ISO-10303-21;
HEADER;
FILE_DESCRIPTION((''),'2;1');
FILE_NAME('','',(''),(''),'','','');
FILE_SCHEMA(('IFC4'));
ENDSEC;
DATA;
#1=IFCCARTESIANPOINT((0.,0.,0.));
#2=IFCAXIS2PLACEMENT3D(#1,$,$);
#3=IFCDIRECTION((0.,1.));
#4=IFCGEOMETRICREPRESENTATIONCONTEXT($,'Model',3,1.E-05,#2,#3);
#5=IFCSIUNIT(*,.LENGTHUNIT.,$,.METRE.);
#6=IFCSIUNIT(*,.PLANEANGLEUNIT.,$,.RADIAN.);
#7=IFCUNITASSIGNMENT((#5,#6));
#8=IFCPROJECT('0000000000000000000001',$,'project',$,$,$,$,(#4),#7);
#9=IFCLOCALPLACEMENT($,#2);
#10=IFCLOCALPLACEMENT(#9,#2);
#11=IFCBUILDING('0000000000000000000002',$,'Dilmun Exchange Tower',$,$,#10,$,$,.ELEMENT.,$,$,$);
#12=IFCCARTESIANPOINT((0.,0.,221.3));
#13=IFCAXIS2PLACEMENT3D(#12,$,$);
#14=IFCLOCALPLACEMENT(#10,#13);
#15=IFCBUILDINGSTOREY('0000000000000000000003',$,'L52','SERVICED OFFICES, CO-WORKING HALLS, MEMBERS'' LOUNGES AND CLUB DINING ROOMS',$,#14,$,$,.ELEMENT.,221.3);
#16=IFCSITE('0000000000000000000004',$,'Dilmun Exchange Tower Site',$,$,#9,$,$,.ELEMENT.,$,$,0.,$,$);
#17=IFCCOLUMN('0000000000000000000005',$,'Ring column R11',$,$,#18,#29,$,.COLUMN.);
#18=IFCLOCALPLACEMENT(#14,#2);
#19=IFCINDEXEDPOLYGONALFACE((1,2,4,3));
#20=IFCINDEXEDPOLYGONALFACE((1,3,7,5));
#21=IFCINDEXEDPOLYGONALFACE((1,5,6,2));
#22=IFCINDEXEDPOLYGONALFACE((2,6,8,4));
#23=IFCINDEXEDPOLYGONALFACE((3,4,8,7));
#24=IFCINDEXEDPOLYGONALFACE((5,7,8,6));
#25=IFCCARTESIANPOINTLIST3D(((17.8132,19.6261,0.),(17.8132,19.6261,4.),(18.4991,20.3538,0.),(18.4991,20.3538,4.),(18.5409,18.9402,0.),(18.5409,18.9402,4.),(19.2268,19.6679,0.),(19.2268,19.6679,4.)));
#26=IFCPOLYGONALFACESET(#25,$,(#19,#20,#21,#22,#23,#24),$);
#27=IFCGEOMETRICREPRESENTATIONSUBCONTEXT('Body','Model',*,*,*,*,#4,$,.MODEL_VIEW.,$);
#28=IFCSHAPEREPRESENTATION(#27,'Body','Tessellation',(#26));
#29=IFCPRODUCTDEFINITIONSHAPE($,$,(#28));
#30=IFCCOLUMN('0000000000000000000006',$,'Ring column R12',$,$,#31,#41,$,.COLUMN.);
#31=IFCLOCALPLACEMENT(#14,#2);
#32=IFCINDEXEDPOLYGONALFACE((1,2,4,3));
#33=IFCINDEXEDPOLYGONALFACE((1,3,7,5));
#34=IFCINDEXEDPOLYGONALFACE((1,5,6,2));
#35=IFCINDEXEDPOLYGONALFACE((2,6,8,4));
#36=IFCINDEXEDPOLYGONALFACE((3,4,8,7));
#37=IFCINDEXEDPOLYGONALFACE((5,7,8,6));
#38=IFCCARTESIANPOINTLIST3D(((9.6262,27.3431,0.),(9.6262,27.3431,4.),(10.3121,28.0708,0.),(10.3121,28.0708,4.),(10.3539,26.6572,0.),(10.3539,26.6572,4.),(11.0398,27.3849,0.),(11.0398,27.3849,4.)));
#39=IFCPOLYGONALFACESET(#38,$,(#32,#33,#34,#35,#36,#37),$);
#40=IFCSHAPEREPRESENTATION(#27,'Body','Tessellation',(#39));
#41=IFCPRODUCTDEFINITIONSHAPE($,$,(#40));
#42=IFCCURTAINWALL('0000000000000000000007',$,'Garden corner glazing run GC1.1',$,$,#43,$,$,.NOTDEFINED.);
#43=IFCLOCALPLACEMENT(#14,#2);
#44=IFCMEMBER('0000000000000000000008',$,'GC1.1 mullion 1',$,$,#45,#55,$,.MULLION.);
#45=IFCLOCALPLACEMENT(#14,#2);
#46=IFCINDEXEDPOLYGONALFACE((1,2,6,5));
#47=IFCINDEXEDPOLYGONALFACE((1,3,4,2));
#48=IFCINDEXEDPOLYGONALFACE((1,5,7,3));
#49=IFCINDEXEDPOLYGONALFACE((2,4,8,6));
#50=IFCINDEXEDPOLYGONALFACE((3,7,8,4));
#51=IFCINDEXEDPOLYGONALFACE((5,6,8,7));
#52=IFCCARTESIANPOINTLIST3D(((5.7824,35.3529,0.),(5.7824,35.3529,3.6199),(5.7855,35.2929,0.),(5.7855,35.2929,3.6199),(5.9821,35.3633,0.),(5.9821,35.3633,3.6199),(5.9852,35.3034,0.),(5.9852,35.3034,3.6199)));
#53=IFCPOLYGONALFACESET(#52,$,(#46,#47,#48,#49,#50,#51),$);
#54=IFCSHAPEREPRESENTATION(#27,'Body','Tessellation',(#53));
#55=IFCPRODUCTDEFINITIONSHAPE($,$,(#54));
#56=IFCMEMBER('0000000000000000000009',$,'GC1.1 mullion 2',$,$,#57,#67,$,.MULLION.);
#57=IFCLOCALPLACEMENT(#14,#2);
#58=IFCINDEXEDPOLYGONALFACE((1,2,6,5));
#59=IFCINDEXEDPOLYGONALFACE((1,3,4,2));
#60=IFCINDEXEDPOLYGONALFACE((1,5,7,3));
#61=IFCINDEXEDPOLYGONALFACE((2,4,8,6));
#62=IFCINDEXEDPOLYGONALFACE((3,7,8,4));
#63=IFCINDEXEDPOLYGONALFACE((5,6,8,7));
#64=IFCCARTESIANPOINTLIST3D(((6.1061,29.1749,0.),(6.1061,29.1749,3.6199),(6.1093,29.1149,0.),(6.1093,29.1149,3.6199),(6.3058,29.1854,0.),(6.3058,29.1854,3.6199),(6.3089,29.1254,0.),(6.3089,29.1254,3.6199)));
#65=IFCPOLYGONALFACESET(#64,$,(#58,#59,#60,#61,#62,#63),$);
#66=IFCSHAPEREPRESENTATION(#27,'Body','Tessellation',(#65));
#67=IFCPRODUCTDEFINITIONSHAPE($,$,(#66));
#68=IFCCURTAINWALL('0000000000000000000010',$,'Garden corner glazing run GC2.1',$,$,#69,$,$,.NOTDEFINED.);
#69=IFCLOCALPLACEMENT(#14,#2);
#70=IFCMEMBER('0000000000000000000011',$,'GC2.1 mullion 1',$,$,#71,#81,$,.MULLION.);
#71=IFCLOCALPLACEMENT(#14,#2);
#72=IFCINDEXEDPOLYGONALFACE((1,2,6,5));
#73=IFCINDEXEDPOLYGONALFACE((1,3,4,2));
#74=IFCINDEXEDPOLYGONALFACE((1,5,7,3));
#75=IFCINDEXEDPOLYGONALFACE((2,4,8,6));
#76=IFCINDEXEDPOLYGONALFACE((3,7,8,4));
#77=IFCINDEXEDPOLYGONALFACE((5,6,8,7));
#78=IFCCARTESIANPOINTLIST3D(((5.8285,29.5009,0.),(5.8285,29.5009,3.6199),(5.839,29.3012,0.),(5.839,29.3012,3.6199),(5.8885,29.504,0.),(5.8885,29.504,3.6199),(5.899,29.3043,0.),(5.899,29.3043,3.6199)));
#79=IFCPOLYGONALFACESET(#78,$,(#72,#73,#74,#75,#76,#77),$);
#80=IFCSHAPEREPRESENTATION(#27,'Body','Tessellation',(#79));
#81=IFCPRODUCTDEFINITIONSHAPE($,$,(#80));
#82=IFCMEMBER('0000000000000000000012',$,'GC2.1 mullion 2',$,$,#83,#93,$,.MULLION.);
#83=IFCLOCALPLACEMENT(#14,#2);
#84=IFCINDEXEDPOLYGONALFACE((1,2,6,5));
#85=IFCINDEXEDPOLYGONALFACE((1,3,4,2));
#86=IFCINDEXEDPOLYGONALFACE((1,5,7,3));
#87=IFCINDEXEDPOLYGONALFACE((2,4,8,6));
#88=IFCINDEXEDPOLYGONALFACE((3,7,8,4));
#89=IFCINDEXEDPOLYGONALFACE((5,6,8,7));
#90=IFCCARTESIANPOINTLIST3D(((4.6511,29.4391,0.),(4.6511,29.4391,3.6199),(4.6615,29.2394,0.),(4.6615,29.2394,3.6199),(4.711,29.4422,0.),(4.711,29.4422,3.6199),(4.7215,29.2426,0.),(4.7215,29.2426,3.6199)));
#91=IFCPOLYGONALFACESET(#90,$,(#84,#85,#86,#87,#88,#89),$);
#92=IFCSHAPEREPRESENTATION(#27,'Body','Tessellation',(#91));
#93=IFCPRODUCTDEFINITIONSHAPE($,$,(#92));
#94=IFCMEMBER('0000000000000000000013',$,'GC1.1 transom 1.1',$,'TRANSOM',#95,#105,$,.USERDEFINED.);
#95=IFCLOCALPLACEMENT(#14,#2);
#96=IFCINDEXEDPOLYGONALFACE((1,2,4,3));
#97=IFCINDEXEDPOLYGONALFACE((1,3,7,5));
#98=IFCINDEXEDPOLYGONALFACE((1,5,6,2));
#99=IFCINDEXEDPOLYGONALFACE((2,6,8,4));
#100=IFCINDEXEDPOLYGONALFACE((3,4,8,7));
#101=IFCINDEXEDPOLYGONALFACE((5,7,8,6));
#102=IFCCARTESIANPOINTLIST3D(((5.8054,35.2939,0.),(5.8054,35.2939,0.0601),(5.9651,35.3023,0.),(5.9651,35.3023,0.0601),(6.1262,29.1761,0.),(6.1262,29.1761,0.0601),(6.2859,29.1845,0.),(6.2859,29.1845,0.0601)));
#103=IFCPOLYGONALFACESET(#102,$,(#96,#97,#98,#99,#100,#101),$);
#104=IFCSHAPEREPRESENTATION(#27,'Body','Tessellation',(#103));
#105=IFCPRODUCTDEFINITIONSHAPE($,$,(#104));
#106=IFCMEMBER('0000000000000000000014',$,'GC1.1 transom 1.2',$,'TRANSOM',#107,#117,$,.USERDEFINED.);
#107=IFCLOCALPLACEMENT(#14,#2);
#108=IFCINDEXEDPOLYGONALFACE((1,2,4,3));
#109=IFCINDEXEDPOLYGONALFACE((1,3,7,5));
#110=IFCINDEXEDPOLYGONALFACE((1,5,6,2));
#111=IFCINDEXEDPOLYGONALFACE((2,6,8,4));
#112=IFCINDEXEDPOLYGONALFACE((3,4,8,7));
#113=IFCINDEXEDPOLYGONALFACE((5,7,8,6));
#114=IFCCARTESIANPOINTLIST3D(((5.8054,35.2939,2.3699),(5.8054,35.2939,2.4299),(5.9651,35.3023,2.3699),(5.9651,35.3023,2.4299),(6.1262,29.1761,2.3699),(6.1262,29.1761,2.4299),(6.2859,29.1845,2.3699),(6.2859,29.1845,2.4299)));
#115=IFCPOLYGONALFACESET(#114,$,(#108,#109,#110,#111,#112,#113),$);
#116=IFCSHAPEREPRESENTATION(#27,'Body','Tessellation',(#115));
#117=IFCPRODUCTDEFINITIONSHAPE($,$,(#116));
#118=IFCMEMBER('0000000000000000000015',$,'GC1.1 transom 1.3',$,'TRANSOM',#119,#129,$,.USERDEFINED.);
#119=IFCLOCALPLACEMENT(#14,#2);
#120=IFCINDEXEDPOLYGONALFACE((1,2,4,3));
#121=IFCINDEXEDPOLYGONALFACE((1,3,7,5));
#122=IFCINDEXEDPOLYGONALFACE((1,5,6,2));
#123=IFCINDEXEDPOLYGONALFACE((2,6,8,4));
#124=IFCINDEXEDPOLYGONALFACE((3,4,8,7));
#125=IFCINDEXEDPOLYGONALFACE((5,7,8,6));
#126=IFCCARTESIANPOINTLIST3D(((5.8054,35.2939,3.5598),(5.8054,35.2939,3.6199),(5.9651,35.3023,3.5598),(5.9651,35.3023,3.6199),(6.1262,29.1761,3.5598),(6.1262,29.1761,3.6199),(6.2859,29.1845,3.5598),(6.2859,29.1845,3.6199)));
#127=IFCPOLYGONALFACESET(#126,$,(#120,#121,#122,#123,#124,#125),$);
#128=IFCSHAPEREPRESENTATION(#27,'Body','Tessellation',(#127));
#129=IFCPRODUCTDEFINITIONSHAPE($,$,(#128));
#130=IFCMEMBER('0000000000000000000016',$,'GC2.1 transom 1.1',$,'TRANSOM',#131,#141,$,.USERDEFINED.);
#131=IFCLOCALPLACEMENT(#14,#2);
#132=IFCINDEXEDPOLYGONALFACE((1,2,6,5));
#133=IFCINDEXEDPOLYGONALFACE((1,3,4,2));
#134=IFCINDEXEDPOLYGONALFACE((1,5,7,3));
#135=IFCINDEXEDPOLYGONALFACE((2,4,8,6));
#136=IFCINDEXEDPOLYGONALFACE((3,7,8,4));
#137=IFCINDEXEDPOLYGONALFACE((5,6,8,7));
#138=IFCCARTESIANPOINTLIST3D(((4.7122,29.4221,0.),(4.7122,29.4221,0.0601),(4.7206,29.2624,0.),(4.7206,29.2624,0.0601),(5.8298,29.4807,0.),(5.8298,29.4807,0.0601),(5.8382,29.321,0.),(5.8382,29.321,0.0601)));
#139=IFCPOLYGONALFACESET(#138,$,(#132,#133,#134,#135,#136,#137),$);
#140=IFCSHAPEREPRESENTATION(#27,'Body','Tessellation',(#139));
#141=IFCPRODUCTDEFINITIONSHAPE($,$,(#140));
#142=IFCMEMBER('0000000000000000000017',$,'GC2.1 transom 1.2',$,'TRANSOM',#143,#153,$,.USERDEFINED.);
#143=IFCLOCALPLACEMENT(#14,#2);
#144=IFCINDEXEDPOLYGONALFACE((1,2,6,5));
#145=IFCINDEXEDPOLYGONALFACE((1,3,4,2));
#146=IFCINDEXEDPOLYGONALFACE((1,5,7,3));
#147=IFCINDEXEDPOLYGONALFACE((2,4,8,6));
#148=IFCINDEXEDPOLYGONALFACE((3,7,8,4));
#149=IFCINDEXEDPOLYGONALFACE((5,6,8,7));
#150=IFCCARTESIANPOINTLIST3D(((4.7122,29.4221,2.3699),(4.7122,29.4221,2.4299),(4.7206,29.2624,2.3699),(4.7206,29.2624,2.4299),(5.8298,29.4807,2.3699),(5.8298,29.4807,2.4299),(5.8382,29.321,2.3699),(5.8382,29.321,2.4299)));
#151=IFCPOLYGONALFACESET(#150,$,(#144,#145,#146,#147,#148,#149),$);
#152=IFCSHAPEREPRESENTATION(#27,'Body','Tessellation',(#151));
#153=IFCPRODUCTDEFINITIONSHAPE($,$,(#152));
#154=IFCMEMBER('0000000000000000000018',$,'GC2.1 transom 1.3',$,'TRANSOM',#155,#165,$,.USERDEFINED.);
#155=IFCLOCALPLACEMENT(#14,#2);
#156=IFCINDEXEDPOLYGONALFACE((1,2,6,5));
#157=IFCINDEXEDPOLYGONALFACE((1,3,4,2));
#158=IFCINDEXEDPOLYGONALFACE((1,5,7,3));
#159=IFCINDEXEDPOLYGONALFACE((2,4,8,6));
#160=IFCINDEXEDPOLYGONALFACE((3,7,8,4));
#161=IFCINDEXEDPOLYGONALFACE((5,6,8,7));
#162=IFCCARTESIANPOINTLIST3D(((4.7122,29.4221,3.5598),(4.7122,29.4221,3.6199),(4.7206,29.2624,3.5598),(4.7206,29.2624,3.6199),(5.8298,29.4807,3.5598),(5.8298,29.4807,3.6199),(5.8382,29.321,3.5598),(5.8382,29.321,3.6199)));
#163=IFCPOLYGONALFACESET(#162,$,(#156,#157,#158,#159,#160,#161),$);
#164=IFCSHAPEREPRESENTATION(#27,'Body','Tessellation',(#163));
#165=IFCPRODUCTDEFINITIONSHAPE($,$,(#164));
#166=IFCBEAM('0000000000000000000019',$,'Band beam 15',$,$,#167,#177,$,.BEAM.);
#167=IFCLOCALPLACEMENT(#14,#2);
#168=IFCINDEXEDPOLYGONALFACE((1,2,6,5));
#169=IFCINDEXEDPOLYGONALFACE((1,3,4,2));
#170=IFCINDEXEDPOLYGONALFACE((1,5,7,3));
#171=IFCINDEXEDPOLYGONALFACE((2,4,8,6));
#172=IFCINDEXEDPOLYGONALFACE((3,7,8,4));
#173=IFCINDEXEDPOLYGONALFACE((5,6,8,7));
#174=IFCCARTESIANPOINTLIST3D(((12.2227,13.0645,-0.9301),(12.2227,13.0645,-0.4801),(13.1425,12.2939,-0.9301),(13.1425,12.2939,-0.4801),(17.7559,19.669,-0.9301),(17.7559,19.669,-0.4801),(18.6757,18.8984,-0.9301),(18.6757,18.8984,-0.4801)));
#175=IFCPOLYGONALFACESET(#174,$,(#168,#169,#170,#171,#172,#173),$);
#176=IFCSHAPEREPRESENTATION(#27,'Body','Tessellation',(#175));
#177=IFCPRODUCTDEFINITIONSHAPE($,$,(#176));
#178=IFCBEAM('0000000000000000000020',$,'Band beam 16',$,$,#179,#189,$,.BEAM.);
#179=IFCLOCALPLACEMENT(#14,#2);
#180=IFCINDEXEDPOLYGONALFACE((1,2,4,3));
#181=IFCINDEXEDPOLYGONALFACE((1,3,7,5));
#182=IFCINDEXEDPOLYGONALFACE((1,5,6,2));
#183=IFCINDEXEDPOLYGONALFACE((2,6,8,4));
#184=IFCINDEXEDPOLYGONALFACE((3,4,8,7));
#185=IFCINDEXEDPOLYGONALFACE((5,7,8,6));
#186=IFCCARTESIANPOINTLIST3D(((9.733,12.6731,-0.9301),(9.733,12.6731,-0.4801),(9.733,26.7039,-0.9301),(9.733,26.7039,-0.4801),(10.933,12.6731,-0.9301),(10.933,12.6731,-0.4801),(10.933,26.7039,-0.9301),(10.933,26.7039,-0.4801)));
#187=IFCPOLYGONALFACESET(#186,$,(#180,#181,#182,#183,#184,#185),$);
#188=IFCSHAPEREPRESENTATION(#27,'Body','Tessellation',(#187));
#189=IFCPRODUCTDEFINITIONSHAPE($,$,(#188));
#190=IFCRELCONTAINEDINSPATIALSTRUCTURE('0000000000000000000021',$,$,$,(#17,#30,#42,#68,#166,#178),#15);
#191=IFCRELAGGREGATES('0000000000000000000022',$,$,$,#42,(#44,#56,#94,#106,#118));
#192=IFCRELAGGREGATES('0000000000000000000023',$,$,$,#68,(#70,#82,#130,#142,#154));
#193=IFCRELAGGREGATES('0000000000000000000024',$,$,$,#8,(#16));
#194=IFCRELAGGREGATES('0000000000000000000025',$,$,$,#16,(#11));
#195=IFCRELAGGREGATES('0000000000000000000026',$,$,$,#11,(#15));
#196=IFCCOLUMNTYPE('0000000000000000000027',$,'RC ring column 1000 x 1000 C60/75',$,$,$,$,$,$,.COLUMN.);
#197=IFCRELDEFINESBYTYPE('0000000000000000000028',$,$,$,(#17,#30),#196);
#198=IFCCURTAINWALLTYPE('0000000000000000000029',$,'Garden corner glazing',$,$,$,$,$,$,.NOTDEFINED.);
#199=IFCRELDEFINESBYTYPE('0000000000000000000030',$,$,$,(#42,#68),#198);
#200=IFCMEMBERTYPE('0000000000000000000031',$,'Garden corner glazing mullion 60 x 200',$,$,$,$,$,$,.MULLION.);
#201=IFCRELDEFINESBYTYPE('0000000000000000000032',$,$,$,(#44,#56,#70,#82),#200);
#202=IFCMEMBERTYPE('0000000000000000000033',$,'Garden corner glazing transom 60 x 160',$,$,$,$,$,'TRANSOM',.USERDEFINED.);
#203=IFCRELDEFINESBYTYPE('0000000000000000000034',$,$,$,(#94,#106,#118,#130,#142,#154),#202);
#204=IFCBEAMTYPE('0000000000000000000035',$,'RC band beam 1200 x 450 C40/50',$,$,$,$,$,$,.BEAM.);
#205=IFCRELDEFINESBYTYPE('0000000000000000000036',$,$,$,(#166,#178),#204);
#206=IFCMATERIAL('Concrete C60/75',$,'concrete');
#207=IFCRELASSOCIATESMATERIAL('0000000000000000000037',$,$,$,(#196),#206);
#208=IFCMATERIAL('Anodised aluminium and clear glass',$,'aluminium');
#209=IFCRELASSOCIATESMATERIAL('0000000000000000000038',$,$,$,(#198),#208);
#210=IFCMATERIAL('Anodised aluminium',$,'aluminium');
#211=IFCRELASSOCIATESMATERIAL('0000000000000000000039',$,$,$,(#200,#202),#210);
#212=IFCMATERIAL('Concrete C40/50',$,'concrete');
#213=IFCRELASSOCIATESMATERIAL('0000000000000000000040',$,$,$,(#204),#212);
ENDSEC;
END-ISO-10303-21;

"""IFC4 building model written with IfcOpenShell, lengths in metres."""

from ifc_helpers import new_model, si_unit, direction, frame, origin, origin_2d, place, context, subcontext, project, spatial, rectangle, extrude, material, material_profile, profile_set, type_object, element, aggregate, save


model = new_model("IFC4")

# Units and contexts
model_context = context("Model", 3, precision=1e-05, world=origin(), true_north=direction((0.0, 1.0)))
body_context = subcontext(model_context, "Body", "Model", "MODEL_VIEW")
ifc_project = project(units=[si_unit("LENGTHUNIT", "METRE"), si_unit("PLANEANGLEUNIT", "RADIAN")], contexts=[model_context])

# Site, building, storey
site_placement = place(None, origin())
site = spatial("IfcSite", under=ifc_project, at=site_placement, Name="Dilmun Exchange Tower Site", CompositionType="ELEMENT", RefElevation=0.0)
building_placement = place(site_placement, origin())
building = spatial("IfcBuilding", under=site, at=building_placement, Name="Dilmun Exchange Tower", CompositionType="ELEMENT")
storey_placement = place(building_placement, frame((0.0, 0.0, 221.3)))
storey = spatial("IfcBuildingStorey", under=building, at=storey_placement, Name="L52", Description="SERVICED OFFICES, CO-WORKING HALLS, MEMBERS' LOUNGES AND CLUB DINING ROOMS", CompositionType="ELEMENT", Elevation=221.3)

# Columns
ifc_material_1 = material(Name="Concrete C60/75", Category="concrete")
ifc_material_profile_1 = material_profile(ifc_material_1, rectangle(XDim=1.0, YDim=1.0, at=origin_2d()), Name="1000 x 1000")
ifc_profile_set_1 = profile_set([ifc_material_profile_1], Name="Concrete C60/75")
column_type = type_object("IfcColumnType", Name="RC ring column 1000 x 1000 C60/75", PredefinedType="COLUMN", material=ifc_profile_set_1)
for number, where, z_axis, x_axis, name in (
    (1, (18.52, 19.647, 0.0), (0.0, 0.0, 1.0), (0.685916, 0.727681, 0.0), "Ring column R11"),
    (2, (10.333, 27.364, 0.0), (0.0, 0.0, 1.0), (0.685916, 0.727681, 0.0), "Ring column R12"),
):
    element("IfcColumn", number, at=place(storey_placement, frame(where, z_axis=z_axis, x_axis=x_axis)), inside=storey, type_object=column_type, Name=name, PredefinedType="COLUMN", context=body_context, shape_type="SweptSolid", body=[
        extrude(rectangle(XDim=1.0, YDim=1.0, at=origin_2d()), origin(), (0.0, 0.0, 1.0), 4.0),
    ])

# Curtain walls, members
ifc_material_2 = material(Name="Anodised aluminium and clear glass", Category="aluminium")
curtain_wall_type = type_object("IfcCurtainWallType", Name="Garden corner glazing", PredefinedType="NOTDEFINED", material=ifc_material_2)
curtain_wall_1_placement = place(storey_placement, origin())
curtain_wall_1 = element("IfcCurtainWall", 3, at=curtain_wall_1_placement, inside=storey, type_object=curtain_wall_type, Name="Garden corner glazing run GC1.1", PredefinedType="NOTDEFINED")
ifc_material_3 = material(Name="Anodised aluminium", Category="aluminium")
ifc_material_profile_2 = material_profile(ifc_material_3, rectangle(XDim=0.2, YDim=0.0601, at=origin_2d()), Name="AL 60x200")
ifc_profile_set_2 = profile_set([ifc_material_profile_2], Name="Anodised aluminium")
member_type_1 = type_object("IfcMemberType", Name="Garden corner glazing mullion 60 x 200", PredefinedType="MULLION", material=ifc_profile_set_2)
member_1_placement = place(storey_placement, frame((5.8838, 35.3281, 0.0), z_axis=(0.0, 0.0, 1.0), x_axis=(0.99863, 0.052334, 0.0)))
member_1 = element("IfcMember", 4, at=member_1_placement, type_object=member_type_1, Name="GC1.1 mullion 1", PredefinedType="MULLION", context=body_context, shape_type="SweptSolid", body=[
    extrude(rectangle(XDim=0.2, YDim=0.0601, at=origin_2d()), origin(), (0.0, 0.0, 1.0), 3.6199),
])
member_2_placement = place(storey_placement, frame((6.2075, 29.1501, 0.0), z_axis=(0.0, 0.0, 1.0), x_axis=(0.99863, 0.052334, 0.0)))
member_2 = element("IfcMember", 5, at=member_2_placement, type_object=member_type_1, Name="GC1.1 mullion 2", PredefinedType="MULLION", context=body_context, shape_type="SweptSolid", body=[
    extrude(rectangle(XDim=0.2, YDim=0.0601, at=origin_2d()), origin(), (0.0, 0.0, 1.0), 3.6199),
])
curtain_wall_2_placement = place(storey_placement, origin())
curtain_wall_2 = element("IfcCurtainWall", 6, at=curtain_wall_2_placement, inside=storey, type_object=curtain_wall_type, Name="Garden corner glazing run GC2.1", PredefinedType="NOTDEFINED")
member_3_placement = place(storey_placement, frame((5.8638, 29.4026, 0.0), z_axis=(0.0, 0.0, 1.0), x_axis=(0.052377, -0.998627, 0.0)))
member_3 = element("IfcMember", 7, at=member_3_placement, type_object=member_type_1, Name="GC2.1 mullion 1", PredefinedType="MULLION", context=body_context, shape_type="SweptSolid", body=[
    extrude(rectangle(XDim=0.2, YDim=0.0601, at=origin_2d()), origin(), (0.0, 0.0, 1.0), 3.6199),
])
member_4_placement = place(storey_placement, frame((4.6863, 29.3408, 0.0), z_axis=(0.0, 0.0, 1.0), x_axis=(0.052377, -0.998627, 0.0)))
member_4 = element("IfcMember", 8, at=member_4_placement, type_object=member_type_1, Name="GC2.1 mullion 2", PredefinedType="MULLION", context=body_context, shape_type="SweptSolid", body=[
    extrude(rectangle(XDim=0.2, YDim=0.0601, at=origin_2d()), origin(), (0.0, 0.0, 1.0), 3.6199),
])

# Members
ifc_material_profile_3 = material_profile(ifc_material_3, rectangle(XDim=0.1599, YDim=0.0601, at=origin_2d()), Name="AL 60x160")
ifc_profile_set_3 = profile_set([ifc_material_profile_3], Name="Anodised aluminium")
member_type_2 = type_object("IfcMemberType", Name="Garden corner glazing transom 60 x 160", ElementType="TRANSOM", PredefinedType="USERDEFINED", material=ifc_profile_set_3)
member_5_placement = place(storey_placement, frame((5.8853, 35.2981, 0.03), z_axis=(0.052364, -0.998628, 0.0), x_axis=(0.998628, 0.052364, 0.0)))
member_5 = element("IfcMember", 9, at=member_5_placement, type_object=member_type_2, Name="GC1.1 transom 1.1", ObjectType="TRANSOM", PredefinedType="USERDEFINED", context=body_context, shape_type="SweptSolid", body=[
    extrude(rectangle(XDim=0.1599, YDim=0.0601, at=origin_2d()), origin(), (0.0, 0.0, 1.0), 6.1262),
])
member_6_placement = place(storey_placement, frame((5.8853, 35.2981, 2.3999), z_axis=(0.052364, -0.998628, 0.0), x_axis=(0.998628, 0.052364, 0.0)))
member_6 = element("IfcMember", 10, at=member_6_placement, type_object=member_type_2, Name="GC1.1 transom 1.2", ObjectType="TRANSOM", PredefinedType="USERDEFINED", context=body_context, shape_type="SweptSolid", body=[
    extrude(rectangle(XDim=0.1599, YDim=0.0601, at=origin_2d()), origin(), (0.0, 0.0, 1.0), 6.1262),
])
member_7_placement = place(storey_placement, frame((5.8853, 35.2981, 3.5898), z_axis=(0.052364, -0.998628, 0.0), x_axis=(0.998628, 0.052364, 0.0)))
member_7 = element("IfcMember", 11, at=member_7_placement, type_object=member_type_2, Name="GC1.1 transom 1.3", ObjectType="TRANSOM", PredefinedType="USERDEFINED", context=body_context, shape_type="SweptSolid", body=[
    extrude(rectangle(XDim=0.1599, YDim=0.0601, at=origin_2d()), origin(), (0.0, 0.0, 1.0), 6.1262),
])
member_8_placement = place(storey_placement, frame((5.834, 29.4009, 0.03), z_axis=(-0.998629, -0.052353, 0.0), x_axis=(0.052353, -0.998629, 0.0)))
member_8 = element("IfcMember", 12, at=member_8_placement, type_object=member_type_2, Name="GC2.1 transom 1.1", ObjectType="TRANSOM", PredefinedType="USERDEFINED", context=body_context, shape_type="SweptSolid", body=[
    extrude(rectangle(XDim=0.1599, YDim=0.0601, at=origin_2d()), origin(), (0.0, 0.0, 1.0), 1.1191),
])
member_9_placement = place(storey_placement, frame((5.834, 29.4009, 2.3999), z_axis=(-0.998629, -0.052353, 0.0), x_axis=(0.052353, -0.998629, 0.0)))
member_9 = element("IfcMember", 13, at=member_9_placement, type_object=member_type_2, Name="GC2.1 transom 1.2", ObjectType="TRANSOM", PredefinedType="USERDEFINED", context=body_context, shape_type="SweptSolid", body=[
    extrude(rectangle(XDim=0.1599, YDim=0.0601, at=origin_2d()), origin(), (0.0, 0.0, 1.0), 1.1191),
])
member_10_placement = place(storey_placement, frame((5.834, 29.4009, 3.5898), z_axis=(-0.998629, -0.052353, 0.0), x_axis=(0.052353, -0.998629, 0.0)))
member_10 = element("IfcMember", 14, at=member_10_placement, type_object=member_type_2, Name="GC2.1 transom 1.3", ObjectType="TRANSOM", PredefinedType="USERDEFINED", context=body_context, shape_type="SweptSolid", body=[
    extrude(rectangle(XDim=0.1599, YDim=0.0601, at=origin_2d()), origin(), (0.0, 0.0, 1.0), 1.1191),
])

# Beams
ifc_material_4 = material(Name="Concrete C40/50", Category="concrete")
ifc_material_profile_4 = material_profile(ifc_material_4, rectangle(XDim=1.2, YDim=0.45, at=origin_2d()), Name="1200 x 450")
ifc_profile_set_4 = profile_set([ifc_material_profile_4], Name="Concrete C40/50")
beam_type_1 = type_object("IfcBeamType", Name="RC band beam 1200 x 450 C40/50", PredefinedType="BEAM", material=ifc_profile_set_4)
beam_1_placement = place(storey_placement, frame((18.2158, 19.2837, -0.7051), z_axis=(-0.6422, -0.766537, 0.0), x_axis=(0.766537, -0.6422, 0.0)))
element("IfcBeam", 15, at=beam_1_placement, inside=storey, type_object=beam_type_1, Name="Band beam 15", PredefinedType="BEAM", context=body_context, shape_type="SweptSolid", body=[
    extrude(rectangle(XDim=1.2, YDim=0.45, at=origin_2d()), origin(), (0.0, 0.0, 1.0), 8.616),
])
beam_2_placement = place(storey_placement, frame((10.333, 26.7039, -0.7051), z_axis=(0.0, -1.0, 0.0), x_axis=(1.0, 0.0, 0.0)))
element("IfcBeam", 16, at=beam_2_placement, inside=storey, type_object=beam_type_1, Name="Band beam 16", PredefinedType="BEAM", context=body_context, shape_type="SweptSolid", body=[
    extrude(rectangle(XDim=1.2, YDim=0.45, at=origin_2d()), origin(), (0.0, 0.0, 1.0), 14.0308),
])

aggregate(curtain_wall_1, [member_1, member_2, member_5, member_6, member_7])
aggregate(curtain_wall_2, [member_3, member_4, member_8, member_9, member_10])

save(model, "model.ifc")
